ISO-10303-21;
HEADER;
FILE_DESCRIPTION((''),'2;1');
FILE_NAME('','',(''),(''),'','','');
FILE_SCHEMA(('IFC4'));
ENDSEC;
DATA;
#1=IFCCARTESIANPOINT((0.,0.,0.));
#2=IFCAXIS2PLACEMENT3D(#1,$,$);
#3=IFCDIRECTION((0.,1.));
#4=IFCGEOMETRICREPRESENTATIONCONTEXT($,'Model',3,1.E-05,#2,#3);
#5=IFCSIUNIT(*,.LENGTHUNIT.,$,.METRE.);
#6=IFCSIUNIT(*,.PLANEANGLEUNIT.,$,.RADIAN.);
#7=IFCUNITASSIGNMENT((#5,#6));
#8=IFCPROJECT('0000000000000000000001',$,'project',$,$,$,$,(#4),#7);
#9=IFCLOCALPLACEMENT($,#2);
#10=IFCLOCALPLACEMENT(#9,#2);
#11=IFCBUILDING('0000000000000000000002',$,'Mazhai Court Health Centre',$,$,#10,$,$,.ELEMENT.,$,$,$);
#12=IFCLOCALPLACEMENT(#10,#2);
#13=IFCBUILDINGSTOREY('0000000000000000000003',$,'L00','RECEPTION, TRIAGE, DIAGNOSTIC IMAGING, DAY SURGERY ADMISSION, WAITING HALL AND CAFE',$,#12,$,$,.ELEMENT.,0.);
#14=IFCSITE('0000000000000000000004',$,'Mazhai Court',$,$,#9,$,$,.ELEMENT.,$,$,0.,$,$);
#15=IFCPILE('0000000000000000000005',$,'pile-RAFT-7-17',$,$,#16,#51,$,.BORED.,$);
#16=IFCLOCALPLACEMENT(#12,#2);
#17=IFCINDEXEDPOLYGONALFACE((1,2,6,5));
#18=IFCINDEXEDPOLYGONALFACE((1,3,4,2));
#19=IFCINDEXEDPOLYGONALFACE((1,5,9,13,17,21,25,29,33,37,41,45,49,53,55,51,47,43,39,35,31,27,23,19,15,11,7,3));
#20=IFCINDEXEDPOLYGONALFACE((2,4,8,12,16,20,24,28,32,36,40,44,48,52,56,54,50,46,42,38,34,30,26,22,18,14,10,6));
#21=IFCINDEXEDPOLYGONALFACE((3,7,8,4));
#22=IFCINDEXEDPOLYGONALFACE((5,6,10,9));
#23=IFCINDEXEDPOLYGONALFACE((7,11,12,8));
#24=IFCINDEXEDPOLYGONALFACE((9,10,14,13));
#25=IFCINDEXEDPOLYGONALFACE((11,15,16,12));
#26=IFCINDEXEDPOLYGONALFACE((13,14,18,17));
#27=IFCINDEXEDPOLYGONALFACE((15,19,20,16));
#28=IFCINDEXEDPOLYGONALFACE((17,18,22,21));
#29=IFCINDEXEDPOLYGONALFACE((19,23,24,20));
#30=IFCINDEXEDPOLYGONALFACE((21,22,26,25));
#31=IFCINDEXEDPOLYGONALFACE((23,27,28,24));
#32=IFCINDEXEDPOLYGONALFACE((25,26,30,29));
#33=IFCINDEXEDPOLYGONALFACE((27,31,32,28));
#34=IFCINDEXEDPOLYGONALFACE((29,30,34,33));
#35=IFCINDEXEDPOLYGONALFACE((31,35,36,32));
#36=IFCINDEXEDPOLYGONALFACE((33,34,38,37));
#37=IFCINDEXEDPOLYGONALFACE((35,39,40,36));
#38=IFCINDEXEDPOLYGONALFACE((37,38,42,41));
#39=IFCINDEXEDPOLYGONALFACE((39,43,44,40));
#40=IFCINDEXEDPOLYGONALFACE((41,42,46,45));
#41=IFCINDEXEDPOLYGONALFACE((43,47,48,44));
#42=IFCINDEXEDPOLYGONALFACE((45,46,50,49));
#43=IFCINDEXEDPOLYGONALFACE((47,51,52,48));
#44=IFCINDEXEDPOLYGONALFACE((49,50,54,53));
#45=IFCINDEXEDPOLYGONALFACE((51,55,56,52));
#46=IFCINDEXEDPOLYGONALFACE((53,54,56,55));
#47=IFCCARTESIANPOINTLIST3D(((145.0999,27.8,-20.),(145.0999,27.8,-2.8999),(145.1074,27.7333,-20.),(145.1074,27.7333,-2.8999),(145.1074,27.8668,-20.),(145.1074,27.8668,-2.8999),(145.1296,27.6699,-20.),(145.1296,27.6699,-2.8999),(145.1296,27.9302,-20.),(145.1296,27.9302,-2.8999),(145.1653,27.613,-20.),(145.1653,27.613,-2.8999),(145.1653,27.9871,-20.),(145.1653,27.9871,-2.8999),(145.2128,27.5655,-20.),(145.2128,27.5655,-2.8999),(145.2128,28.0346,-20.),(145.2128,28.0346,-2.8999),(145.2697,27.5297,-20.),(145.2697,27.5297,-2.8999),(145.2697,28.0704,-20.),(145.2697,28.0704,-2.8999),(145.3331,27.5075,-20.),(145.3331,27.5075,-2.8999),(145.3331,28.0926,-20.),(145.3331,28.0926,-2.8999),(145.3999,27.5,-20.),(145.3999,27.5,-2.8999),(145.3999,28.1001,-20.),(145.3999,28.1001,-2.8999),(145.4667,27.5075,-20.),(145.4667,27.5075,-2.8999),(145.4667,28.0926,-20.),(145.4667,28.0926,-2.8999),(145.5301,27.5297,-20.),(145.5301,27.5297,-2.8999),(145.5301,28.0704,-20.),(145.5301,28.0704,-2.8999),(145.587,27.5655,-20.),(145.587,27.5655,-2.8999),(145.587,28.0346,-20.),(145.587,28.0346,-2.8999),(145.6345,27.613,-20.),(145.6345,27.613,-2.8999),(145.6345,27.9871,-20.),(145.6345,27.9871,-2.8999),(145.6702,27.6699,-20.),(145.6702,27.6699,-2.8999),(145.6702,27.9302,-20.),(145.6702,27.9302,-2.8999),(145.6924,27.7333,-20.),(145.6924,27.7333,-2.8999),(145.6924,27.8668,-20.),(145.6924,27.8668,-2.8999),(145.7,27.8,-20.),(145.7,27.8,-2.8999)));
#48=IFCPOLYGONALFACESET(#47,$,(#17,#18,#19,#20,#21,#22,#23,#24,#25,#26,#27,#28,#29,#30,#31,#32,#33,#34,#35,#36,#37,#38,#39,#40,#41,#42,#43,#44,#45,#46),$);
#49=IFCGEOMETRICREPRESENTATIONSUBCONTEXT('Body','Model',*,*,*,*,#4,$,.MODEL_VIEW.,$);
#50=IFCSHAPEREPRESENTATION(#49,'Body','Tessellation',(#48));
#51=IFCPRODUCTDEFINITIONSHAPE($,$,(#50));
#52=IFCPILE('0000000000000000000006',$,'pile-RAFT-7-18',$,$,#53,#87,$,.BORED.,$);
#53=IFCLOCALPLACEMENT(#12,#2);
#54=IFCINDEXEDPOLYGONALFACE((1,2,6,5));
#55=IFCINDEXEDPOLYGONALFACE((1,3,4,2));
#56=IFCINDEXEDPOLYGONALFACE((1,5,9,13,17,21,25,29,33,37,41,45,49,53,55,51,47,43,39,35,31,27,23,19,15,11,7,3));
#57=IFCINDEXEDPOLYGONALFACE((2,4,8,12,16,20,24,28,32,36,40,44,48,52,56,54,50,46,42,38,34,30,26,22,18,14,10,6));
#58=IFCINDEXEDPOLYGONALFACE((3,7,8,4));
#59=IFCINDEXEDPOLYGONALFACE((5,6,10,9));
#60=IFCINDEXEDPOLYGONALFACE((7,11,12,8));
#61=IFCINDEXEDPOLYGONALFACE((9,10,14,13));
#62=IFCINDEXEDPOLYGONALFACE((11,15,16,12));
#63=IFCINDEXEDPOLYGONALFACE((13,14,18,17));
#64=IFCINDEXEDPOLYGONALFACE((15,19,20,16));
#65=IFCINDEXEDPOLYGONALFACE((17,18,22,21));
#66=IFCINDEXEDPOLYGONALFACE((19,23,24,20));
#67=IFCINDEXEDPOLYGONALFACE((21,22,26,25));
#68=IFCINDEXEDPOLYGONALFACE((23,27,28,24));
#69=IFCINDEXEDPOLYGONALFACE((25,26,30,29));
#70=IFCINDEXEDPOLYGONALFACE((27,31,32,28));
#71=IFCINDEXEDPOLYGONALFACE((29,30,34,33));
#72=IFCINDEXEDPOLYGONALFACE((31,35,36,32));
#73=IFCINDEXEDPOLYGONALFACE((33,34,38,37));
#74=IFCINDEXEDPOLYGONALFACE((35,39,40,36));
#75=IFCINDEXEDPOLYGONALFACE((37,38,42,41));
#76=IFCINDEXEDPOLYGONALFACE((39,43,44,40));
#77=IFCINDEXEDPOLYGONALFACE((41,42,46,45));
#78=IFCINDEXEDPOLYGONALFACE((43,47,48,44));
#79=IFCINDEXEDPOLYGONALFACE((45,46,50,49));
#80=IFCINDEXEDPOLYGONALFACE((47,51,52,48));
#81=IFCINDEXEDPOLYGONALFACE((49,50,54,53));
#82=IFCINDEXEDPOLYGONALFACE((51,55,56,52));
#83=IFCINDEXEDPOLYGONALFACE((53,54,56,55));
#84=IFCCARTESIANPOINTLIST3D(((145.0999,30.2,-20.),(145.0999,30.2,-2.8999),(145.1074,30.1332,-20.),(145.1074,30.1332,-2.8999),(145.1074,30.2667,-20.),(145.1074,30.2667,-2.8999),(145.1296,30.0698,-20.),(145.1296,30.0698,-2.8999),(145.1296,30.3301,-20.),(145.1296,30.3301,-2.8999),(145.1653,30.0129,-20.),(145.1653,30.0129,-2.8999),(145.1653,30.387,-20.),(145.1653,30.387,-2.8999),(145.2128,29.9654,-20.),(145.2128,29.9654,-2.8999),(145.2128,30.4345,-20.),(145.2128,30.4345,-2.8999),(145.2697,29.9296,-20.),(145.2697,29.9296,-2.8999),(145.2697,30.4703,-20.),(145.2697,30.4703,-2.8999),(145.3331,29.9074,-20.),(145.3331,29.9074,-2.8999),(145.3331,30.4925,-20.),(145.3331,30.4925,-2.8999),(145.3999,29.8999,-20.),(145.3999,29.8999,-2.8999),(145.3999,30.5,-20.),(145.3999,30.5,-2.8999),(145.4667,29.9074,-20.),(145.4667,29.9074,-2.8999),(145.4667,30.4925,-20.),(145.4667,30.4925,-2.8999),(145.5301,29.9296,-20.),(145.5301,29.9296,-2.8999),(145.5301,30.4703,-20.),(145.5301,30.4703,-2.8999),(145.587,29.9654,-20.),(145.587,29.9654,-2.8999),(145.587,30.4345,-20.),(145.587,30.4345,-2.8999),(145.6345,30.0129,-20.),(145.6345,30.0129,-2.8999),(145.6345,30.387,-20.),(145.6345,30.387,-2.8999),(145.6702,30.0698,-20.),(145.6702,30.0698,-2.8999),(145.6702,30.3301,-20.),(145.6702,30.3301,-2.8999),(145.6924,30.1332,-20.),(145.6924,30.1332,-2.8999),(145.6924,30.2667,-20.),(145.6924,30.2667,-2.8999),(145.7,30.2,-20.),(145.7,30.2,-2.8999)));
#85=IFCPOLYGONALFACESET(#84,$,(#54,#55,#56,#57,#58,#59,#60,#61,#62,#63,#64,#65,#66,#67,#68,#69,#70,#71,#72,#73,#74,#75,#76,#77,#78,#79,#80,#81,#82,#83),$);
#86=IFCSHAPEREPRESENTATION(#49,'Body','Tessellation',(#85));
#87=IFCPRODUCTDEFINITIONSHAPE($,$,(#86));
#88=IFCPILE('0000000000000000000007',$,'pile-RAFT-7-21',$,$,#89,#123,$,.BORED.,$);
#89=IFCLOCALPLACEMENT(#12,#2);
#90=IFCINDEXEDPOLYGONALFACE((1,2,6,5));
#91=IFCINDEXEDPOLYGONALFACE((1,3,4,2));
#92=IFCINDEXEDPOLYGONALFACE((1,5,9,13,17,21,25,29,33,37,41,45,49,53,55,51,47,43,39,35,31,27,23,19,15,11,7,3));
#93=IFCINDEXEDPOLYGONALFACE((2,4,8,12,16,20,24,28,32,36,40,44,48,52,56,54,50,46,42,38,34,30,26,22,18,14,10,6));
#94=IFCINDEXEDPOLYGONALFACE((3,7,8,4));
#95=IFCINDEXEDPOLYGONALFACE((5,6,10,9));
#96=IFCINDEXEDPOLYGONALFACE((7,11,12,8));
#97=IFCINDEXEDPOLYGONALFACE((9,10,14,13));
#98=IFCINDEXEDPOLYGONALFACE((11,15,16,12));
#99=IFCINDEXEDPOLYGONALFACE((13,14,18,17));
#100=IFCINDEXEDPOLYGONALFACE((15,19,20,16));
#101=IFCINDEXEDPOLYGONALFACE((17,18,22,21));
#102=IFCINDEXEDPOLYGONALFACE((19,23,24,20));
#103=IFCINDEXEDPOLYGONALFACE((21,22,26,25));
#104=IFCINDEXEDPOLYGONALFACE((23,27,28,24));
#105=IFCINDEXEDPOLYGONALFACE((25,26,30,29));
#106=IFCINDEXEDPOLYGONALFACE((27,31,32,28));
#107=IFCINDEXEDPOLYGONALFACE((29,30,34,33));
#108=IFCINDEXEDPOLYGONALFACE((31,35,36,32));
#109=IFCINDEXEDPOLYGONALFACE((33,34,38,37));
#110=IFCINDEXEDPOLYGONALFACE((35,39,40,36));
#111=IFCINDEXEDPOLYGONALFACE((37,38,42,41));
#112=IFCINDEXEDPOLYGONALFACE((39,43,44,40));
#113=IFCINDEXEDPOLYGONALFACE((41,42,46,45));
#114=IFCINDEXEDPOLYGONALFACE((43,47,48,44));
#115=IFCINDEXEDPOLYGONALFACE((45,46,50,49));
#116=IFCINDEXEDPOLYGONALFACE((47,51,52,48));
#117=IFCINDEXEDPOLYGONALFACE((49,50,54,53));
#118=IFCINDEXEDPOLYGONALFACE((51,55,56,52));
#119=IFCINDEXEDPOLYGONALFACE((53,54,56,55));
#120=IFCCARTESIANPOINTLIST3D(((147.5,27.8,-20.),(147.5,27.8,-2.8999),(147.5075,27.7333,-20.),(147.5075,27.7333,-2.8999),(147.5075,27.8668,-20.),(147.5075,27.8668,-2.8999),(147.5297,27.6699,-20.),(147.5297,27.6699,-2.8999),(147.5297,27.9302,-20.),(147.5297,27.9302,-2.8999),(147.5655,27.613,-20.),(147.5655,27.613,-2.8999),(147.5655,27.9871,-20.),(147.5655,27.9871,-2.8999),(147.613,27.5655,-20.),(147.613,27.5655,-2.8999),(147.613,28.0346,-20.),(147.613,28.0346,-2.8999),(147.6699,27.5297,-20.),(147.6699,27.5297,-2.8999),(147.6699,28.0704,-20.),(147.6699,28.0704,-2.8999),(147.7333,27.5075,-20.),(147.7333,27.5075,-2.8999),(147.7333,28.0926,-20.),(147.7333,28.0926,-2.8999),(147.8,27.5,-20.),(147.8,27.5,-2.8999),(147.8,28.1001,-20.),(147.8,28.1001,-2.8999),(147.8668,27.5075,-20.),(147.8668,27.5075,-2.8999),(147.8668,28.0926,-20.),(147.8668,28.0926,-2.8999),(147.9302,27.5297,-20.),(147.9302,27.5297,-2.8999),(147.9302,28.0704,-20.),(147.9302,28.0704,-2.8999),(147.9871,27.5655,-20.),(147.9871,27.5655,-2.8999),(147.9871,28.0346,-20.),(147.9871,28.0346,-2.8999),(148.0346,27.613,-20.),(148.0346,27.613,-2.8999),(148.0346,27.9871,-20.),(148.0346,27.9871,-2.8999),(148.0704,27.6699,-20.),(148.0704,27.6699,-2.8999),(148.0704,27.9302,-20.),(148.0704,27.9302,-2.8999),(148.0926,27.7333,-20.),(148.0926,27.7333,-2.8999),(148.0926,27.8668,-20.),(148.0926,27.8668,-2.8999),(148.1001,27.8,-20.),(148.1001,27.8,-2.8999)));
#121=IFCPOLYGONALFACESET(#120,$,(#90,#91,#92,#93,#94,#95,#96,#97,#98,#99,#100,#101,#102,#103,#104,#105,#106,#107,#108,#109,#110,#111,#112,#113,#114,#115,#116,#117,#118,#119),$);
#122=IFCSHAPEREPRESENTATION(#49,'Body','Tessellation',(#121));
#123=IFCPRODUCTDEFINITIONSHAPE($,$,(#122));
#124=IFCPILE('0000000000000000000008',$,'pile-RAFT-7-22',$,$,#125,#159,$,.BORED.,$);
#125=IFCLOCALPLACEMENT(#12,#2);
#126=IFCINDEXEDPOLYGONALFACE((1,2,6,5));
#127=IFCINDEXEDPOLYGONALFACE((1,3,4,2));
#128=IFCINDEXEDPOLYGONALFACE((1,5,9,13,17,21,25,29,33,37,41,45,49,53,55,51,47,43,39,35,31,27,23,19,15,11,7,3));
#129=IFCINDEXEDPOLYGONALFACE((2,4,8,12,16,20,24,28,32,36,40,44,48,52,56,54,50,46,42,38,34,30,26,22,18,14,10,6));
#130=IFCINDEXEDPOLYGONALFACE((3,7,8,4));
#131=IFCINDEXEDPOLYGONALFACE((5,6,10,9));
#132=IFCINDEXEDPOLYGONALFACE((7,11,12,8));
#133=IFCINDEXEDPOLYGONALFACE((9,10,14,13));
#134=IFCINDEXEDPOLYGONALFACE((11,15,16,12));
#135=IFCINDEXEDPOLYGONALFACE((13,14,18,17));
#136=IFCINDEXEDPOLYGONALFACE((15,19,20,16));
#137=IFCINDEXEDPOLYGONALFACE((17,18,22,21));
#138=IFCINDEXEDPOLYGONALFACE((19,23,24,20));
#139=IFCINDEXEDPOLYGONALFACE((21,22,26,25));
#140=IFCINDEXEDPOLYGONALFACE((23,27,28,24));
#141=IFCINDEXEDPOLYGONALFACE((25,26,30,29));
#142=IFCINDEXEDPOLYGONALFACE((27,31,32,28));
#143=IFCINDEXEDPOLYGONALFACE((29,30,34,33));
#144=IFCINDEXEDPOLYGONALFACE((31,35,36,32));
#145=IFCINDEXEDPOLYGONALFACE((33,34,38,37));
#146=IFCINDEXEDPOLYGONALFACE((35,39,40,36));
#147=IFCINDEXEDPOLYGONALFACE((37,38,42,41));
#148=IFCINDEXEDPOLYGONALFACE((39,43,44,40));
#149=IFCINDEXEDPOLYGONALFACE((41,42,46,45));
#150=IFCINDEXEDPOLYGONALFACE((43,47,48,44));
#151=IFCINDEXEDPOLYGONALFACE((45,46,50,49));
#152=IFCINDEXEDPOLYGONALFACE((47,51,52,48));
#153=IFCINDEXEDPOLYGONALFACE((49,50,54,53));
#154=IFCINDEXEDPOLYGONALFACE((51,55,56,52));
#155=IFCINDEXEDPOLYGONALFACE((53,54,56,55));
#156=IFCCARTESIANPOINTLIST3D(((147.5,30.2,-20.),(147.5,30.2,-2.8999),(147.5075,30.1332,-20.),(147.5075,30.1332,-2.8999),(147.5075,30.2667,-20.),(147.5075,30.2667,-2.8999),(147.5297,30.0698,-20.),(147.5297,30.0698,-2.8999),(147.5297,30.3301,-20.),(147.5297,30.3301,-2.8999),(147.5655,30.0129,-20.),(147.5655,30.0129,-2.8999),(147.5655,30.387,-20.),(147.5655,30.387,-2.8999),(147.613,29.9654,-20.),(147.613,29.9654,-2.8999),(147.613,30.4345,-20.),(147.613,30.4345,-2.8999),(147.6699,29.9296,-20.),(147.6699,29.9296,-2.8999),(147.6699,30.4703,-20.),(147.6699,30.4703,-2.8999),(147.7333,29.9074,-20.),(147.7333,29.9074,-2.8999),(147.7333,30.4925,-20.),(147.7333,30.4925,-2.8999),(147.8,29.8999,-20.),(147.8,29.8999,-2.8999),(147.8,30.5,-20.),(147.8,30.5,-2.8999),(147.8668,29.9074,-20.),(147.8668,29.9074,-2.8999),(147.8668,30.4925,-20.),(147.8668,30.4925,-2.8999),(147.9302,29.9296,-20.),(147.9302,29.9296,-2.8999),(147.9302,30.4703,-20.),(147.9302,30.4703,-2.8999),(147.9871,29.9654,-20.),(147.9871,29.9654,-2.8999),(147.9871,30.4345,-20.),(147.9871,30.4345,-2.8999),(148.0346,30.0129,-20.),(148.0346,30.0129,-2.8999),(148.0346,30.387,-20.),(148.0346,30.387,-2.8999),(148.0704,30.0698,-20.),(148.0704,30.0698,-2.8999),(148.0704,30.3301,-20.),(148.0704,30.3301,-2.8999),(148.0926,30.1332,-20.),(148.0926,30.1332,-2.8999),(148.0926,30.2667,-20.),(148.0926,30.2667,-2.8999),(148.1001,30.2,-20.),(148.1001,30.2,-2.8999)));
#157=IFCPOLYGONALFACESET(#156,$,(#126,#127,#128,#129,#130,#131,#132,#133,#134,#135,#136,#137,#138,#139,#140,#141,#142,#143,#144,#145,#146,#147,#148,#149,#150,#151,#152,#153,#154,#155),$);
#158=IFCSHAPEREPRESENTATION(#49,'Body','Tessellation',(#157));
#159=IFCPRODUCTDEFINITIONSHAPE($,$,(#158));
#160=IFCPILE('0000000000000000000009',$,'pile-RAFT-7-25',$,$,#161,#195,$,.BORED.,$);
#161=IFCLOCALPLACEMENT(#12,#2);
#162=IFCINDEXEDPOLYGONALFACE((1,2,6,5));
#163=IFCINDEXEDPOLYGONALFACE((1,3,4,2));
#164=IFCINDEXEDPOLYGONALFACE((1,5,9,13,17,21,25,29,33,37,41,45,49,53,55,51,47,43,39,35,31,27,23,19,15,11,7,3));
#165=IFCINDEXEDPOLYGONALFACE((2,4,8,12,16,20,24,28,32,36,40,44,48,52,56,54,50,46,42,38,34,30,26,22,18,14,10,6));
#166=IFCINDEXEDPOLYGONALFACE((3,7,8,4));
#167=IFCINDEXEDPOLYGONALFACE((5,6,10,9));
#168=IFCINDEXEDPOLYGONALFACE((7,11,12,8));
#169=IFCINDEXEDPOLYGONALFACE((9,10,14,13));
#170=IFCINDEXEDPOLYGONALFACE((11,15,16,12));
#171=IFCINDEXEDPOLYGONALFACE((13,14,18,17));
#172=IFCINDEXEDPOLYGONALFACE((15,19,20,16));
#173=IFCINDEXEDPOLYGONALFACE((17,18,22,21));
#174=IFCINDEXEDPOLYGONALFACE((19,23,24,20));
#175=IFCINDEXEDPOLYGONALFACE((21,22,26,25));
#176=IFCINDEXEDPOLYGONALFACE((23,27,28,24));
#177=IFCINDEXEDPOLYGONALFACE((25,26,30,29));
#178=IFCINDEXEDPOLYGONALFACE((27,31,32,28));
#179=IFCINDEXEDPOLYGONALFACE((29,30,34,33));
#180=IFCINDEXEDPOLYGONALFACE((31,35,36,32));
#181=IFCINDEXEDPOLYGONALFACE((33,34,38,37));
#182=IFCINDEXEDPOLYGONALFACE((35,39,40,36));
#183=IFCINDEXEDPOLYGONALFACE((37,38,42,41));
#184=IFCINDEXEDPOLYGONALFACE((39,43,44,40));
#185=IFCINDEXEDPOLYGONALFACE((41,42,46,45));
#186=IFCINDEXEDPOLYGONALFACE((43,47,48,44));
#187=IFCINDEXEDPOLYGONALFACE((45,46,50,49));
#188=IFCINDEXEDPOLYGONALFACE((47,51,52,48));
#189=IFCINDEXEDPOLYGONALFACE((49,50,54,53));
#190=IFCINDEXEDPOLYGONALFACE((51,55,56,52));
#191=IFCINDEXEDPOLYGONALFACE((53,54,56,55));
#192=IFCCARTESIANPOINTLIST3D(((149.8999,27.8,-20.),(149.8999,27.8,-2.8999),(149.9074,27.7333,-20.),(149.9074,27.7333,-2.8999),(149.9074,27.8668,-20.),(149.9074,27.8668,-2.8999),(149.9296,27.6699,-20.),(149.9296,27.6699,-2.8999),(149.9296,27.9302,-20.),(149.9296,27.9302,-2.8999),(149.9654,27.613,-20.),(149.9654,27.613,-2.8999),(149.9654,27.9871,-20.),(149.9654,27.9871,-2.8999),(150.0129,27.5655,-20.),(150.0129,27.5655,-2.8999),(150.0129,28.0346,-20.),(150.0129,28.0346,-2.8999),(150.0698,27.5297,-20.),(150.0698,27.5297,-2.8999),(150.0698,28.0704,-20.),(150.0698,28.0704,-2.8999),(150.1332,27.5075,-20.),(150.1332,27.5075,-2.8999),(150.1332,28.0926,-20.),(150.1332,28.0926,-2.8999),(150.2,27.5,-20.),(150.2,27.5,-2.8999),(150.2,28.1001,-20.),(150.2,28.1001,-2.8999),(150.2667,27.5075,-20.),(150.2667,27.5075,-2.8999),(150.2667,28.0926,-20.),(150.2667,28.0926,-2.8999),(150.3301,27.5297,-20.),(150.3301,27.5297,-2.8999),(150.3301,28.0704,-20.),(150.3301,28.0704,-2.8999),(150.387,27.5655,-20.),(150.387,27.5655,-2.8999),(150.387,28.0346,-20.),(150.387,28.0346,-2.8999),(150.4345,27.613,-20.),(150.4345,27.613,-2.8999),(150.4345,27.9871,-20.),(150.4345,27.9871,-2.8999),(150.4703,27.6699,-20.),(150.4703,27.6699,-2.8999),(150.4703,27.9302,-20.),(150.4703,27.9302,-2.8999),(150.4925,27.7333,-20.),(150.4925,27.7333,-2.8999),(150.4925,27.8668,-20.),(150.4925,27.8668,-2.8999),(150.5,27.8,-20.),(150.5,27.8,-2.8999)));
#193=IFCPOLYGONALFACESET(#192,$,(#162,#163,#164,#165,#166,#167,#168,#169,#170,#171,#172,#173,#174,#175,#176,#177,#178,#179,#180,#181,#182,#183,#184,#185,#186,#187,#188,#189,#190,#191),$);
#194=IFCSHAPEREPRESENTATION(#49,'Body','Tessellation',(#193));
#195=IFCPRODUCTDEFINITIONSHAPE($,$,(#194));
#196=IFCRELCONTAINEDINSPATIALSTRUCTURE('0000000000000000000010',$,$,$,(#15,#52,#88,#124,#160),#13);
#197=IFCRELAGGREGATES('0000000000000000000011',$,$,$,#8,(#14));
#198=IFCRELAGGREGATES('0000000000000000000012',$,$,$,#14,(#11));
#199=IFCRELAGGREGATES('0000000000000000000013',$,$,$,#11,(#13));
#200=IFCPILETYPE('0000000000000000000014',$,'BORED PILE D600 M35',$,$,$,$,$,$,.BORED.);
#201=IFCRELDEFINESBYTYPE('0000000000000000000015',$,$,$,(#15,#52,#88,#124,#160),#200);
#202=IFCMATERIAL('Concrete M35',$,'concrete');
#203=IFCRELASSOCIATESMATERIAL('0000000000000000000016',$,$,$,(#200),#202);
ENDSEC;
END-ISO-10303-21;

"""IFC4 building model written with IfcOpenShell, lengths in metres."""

from ifc_helpers import new_model, si_unit, direction, frame, origin, origin_2d, place, context, subcontext, project, spatial, circle, extrude, material, material_profile, profile_set, type_object, element, save


model = new_model("IFC4")

# Units and contexts
model_context = context("Model", 3, precision=1e-05, world=origin(), true_north=direction((0.0, 1.0)))
body_context = subcontext(model_context, "Body", "Model", "MODEL_VIEW")
ifc_project = project(units=[si_unit("LENGTHUNIT", "METRE"), si_unit("PLANEANGLEUNIT", "RADIAN")], contexts=[model_context])

# Site, building, storey
site_placement = place(None, origin())
site = spatial("IfcSite", under=ifc_project, at=site_placement, Name="Mazhai Court", CompositionType="ELEMENT", RefElevation=0.0)
building_placement = place(site_placement, origin())
building = spatial("IfcBuilding", under=site, at=building_placement, Name="Mazhai Court Health Centre", CompositionType="ELEMENT")
storey_placement = place(building_placement, origin())
storey = spatial("IfcBuildingStorey", under=building, at=storey_placement, Name="L00", Description="RECEPTION, TRIAGE, DIAGNOSTIC IMAGING, DAY SURGERY ADMISSION, WAITING HALL AND CAFE", CompositionType="ELEMENT", Elevation=0.0)

# Piles
ifc_material_1 = material(Name="Concrete M35", Category="concrete")
ifc_material_profile_1 = material_profile(ifc_material_1, circle(Radius=0.3, at=origin_2d()), Name="RC PILE D600")
ifc_profile_set_1 = profile_set([ifc_material_profile_1], Name="Concrete M35")
pile_type = type_object("IfcPileType", Name="BORED PILE D600 M35", PredefinedType="BORED", material=ifc_profile_set_1)
for number, where, z_axis, x_axis, name in (
    (1, (145.3999, 27.8, -2.8999), (0.0, 0.0, -1.0), (1.0, 0.0, 0.0), "pile-RAFT-7-17"),
    (2, (145.3999, 30.2, -2.8999), (0.0, 0.0, -1.0), (1.0, 0.0, 0.0), "pile-RAFT-7-18"),
    (3, (147.8, 27.8, -2.8999), (0.0, 0.0, -1.0), (1.0, 0.0, 0.0), "pile-RAFT-7-21"),
    (4, (147.8, 30.2, -2.8999), (0.0, 0.0, -1.0), (1.0, 0.0, 0.0), "pile-RAFT-7-22"),
    (5, (150.2, 27.8, -2.8999), (0.0, 0.0, -1.0), (1.0, 0.0, 0.0), "pile-RAFT-7-25"),
):
    element("IfcPile", number, at=place(storey_placement, frame(where, z_axis=z_axis, x_axis=x_axis)), inside=storey, type_object=pile_type, Name=name, PredefinedType="BORED", context=body_context, shape_type="SweptSolid", body=[
        extrude(circle(Radius=0.3, at=origin_2d()), origin(), (0.0, 0.0, 1.0), 17.1001),
    ])

save(model, "model.ifc")
